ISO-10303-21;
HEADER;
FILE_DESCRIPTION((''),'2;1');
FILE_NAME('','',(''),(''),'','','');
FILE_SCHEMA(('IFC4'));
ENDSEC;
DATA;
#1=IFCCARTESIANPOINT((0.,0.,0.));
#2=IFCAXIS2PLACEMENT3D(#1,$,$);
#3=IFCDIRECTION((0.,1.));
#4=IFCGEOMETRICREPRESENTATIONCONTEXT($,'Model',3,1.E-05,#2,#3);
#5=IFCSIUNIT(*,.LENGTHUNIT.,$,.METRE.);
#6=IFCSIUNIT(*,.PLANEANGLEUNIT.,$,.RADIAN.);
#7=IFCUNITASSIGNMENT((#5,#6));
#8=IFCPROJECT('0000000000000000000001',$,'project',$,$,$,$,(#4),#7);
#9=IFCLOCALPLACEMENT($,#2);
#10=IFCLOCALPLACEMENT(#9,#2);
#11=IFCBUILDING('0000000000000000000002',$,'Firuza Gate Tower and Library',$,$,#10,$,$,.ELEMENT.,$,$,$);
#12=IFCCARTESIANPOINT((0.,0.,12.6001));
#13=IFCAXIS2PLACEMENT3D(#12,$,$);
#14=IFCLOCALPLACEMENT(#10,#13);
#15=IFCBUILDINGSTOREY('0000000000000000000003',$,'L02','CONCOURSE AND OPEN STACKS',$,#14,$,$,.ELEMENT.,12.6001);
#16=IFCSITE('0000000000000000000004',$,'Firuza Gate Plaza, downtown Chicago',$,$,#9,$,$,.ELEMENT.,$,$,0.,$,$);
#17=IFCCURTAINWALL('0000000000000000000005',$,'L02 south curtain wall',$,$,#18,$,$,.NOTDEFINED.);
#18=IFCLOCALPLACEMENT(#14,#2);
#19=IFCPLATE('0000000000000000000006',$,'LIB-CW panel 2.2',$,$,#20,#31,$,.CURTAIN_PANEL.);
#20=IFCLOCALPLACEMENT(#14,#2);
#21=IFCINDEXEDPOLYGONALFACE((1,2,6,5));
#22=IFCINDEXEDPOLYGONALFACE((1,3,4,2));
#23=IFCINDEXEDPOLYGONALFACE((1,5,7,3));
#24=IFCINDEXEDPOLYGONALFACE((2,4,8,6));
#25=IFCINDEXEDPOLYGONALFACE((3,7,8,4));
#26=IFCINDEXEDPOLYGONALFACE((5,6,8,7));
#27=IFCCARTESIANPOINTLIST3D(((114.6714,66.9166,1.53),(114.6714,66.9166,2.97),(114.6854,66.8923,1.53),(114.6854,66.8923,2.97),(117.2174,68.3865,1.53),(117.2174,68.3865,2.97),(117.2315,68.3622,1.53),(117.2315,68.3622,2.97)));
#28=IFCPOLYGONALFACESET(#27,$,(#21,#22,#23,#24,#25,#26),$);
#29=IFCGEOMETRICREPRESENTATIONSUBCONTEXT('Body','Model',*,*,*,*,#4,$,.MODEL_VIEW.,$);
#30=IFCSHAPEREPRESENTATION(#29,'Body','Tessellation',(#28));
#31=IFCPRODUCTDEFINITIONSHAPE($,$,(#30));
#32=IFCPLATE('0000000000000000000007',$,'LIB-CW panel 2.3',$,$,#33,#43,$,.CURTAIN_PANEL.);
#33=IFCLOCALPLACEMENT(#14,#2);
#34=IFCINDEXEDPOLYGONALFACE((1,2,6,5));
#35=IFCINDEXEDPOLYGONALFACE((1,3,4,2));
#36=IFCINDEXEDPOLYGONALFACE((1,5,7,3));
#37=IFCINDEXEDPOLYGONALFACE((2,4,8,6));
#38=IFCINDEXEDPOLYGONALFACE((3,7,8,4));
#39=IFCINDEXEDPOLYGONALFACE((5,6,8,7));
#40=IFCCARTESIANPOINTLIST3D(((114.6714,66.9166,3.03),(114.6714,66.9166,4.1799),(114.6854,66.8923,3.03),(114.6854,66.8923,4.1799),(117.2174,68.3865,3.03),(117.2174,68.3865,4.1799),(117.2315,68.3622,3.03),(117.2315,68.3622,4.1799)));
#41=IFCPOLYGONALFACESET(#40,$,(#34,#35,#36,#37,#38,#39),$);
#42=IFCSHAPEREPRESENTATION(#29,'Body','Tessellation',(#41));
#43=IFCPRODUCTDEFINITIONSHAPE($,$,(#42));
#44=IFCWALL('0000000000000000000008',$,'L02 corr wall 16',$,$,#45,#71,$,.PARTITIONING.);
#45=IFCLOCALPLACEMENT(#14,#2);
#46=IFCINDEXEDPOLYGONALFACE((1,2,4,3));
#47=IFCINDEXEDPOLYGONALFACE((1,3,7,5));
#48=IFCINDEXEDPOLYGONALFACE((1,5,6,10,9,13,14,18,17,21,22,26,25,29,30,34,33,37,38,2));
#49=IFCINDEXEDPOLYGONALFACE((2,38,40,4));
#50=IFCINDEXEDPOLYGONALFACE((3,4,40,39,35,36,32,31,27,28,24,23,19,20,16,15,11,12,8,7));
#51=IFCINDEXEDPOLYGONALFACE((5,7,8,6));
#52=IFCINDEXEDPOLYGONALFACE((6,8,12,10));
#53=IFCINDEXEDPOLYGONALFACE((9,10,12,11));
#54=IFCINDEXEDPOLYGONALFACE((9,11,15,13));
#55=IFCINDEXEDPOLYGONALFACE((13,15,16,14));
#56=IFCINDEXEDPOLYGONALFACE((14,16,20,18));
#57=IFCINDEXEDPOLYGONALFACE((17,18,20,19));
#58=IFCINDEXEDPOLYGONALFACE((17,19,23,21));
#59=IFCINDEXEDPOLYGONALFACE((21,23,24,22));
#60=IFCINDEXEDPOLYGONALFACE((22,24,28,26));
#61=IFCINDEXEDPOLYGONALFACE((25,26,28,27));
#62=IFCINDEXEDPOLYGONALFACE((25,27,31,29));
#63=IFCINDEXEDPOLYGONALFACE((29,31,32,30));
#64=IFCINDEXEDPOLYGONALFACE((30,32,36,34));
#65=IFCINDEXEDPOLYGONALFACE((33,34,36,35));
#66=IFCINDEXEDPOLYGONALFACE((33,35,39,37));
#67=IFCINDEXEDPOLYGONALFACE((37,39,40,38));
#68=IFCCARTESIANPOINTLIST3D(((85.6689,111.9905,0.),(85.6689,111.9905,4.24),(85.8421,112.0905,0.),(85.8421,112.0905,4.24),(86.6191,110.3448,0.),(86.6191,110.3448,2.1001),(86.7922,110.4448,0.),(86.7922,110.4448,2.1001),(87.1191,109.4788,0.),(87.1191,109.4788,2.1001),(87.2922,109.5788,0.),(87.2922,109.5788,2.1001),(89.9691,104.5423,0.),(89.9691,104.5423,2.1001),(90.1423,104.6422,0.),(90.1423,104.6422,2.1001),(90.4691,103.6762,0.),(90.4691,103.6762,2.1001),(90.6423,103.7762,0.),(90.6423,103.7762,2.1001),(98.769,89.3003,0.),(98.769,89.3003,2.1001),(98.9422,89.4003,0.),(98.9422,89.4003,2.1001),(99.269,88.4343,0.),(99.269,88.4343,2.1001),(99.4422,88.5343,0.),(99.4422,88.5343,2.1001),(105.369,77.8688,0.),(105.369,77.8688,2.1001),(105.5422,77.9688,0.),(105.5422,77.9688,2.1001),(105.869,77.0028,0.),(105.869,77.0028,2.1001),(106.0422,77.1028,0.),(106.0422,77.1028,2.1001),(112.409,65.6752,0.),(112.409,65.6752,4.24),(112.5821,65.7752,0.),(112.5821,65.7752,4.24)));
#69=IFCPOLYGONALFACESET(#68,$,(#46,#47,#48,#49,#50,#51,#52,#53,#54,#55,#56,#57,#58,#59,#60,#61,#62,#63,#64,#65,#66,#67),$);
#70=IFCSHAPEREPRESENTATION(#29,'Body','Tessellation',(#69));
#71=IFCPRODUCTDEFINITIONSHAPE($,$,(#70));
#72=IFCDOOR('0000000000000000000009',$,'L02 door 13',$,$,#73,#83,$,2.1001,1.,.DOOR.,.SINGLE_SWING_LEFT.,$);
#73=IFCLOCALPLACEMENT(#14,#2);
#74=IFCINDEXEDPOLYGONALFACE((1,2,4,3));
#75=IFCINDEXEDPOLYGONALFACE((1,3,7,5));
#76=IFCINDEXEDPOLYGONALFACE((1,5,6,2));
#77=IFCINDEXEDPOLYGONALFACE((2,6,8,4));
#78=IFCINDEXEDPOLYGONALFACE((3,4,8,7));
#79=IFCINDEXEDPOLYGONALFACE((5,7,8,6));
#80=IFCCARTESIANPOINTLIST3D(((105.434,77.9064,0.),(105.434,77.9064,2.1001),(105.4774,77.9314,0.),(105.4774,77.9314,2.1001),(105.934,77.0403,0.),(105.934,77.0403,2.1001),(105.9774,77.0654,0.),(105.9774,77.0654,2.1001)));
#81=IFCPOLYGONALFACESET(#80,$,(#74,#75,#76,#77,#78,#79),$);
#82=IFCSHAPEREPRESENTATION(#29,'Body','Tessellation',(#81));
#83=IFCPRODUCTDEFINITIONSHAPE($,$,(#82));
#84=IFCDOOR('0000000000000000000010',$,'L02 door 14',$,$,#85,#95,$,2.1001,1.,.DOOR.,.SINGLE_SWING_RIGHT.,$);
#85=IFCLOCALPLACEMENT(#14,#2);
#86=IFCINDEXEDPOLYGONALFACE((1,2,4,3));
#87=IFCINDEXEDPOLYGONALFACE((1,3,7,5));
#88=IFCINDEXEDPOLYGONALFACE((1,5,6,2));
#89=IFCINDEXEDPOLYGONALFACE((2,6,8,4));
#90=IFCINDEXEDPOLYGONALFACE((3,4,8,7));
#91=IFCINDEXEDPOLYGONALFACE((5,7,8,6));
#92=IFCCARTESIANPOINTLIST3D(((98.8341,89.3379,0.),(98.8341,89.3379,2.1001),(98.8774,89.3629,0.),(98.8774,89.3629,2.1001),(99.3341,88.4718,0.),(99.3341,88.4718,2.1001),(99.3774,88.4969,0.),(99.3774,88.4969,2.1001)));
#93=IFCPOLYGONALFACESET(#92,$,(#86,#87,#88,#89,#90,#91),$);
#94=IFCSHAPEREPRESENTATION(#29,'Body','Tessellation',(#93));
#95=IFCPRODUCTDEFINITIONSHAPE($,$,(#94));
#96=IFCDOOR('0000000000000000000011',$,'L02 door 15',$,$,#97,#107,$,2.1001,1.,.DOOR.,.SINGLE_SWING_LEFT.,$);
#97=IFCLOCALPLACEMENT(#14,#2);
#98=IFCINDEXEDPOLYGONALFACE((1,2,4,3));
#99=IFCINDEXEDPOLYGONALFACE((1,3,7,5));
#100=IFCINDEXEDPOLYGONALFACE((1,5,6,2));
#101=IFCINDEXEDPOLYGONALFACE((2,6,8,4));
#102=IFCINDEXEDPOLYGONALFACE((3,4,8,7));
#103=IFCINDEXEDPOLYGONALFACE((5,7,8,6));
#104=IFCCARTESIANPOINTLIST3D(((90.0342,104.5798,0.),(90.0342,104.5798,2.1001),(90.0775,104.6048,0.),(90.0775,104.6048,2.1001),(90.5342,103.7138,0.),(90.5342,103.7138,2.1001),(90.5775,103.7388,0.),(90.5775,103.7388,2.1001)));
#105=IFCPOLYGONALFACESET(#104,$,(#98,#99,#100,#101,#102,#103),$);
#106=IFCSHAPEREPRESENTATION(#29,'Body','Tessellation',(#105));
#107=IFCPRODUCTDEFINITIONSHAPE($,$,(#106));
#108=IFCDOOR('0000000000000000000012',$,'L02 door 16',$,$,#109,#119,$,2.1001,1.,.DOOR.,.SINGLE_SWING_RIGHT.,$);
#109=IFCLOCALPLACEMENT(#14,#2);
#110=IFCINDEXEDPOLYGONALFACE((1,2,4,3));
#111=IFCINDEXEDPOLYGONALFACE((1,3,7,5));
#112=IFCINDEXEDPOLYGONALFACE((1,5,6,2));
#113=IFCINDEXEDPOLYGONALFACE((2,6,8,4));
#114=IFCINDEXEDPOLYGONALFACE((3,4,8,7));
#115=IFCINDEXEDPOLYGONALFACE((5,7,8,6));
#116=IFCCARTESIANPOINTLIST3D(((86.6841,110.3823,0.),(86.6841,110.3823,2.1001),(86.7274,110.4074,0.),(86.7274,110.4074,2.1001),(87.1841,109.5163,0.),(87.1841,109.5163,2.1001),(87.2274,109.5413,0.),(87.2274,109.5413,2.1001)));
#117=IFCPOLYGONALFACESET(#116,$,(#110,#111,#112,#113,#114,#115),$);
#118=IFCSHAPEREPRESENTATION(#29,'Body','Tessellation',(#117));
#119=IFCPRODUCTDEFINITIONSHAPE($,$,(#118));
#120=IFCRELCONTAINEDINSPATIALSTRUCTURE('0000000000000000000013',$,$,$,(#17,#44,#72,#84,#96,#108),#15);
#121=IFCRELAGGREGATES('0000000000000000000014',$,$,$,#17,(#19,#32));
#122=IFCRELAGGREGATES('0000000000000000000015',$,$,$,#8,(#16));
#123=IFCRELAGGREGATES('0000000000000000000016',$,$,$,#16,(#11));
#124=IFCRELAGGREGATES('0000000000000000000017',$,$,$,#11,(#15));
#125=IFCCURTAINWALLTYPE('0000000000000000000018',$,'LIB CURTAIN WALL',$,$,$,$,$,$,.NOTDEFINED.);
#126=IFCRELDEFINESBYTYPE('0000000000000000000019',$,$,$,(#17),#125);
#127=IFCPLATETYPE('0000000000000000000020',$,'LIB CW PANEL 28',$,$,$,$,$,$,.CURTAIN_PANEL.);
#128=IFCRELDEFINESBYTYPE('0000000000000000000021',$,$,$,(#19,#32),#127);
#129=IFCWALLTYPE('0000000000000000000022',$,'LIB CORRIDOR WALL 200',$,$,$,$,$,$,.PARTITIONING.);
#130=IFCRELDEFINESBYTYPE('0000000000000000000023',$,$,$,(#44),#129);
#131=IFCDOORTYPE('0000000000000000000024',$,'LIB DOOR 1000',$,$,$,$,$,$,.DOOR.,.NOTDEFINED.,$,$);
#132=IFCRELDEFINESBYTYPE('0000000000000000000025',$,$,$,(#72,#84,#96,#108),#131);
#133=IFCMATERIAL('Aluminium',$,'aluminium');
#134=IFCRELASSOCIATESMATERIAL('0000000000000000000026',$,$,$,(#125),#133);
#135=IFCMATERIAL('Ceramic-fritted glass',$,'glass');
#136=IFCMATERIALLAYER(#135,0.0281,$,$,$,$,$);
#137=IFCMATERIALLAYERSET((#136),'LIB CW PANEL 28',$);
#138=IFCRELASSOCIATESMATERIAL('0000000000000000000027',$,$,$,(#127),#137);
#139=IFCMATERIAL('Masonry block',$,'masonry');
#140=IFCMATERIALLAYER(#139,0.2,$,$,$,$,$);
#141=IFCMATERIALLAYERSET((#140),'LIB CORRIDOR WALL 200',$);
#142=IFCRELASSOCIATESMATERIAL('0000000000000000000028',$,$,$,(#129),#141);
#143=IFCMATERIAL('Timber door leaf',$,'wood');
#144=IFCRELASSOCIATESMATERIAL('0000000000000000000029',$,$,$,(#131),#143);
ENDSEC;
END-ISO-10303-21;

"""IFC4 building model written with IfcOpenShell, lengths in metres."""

from ifc_helpers import new_model, si_unit, direction, frame, frame_2d, origin, origin_2d, place, context, subcontext, project, spatial, rectangle, extrude, material, layer, layer_set, type_object, element, fill, aggregate, save


model = new_model("IFC4")

# Units and contexts
model_context = context("Model", 3, precision=1e-05, world=origin(), true_north=direction((0.0, 1.0)))
body_context = subcontext(model_context, "Body", "Model", "MODEL_VIEW")
ifc_project = project(units=[si_unit("LENGTHUNIT", "METRE"), si_unit("PLANEANGLEUNIT", "RADIAN")], contexts=[model_context])

# Site, building, storey
site_placement = place(None, origin())
site = spatial("IfcSite", under=ifc_project, at=site_placement, Name="Firuza Gate Plaza, downtown Chicago", CompositionType="ELEMENT", RefElevation=0.0)
building_placement = place(site_placement, origin())
building = spatial("IfcBuilding", under=site, at=building_placement, Name="Firuza Gate Tower and Library", CompositionType="ELEMENT")
storey_placement = place(building_placement, frame((0.0, 0.0, 12.6001)))
storey = spatial("IfcBuildingStorey", under=building, at=storey_placement, Name="L02", Description="CONCOURSE AND OPEN STACKS", CompositionType="ELEMENT", Elevation=12.6001)

# Curtain wall, plates
ifc_material_1 = material(Name="Aluminium", Category="aluminium")
curtain_wall_type = type_object("IfcCurtainWallType", Name="LIB CURTAIN WALL", PredefinedType="NOTDEFINED", material=ifc_material_1)
curtain_wall_placement = place(storey_placement, origin())
curtain_wall = element("IfcCurtainWall", 1, at=curtain_wall_placement, inside=storey, type_object=curtain_wall_type, Name="L02 south curtain wall", PredefinedType="NOTDEFINED")
ifc_material_2 = material(Name="Ceramic-fritted glass", Category="glass")
ifc_layer_1 = layer(ifc_material_2, 0.0281)
ifc_layer_set_1 = layer_set([ifc_layer_1], Name="LIB CW PANEL 28")
plate_type = type_object("IfcPlateType", Name="LIB CW PANEL 28", PredefinedType="CURTAIN_PANEL", material=ifc_layer_set_1)
plate_1_placement = place(storey_placement, frame((115.9514, 67.6394, 1.53), z_axis=(0.0, 0.0, 1.0), x_axis=(0.866025, 0.500001, 0.0)))
plate_1 = element("IfcPlate", 2, at=plate_1_placement, type_object=plate_type, Name="LIB-CW panel 2.2", PredefinedType="CURTAIN_PANEL", context=body_context, shape_type="SweptSolid", body=[
    extrude(rectangle(XDim=2.9399, YDim=0.0281, at=origin_2d()), origin(), (0.0, 0.0, 1.0), 1.4399),
])
plate_2_placement = place(storey_placement, frame((115.9514, 67.6394, 3.03), z_axis=(0.0, 0.0, 1.0), x_axis=(0.866025, 0.500001, 0.0)))
plate_2 = element("IfcPlate", 3, at=plate_2_placement, type_object=plate_type, Name="LIB-CW panel 2.3", PredefinedType="CURTAIN_PANEL", context=body_context, shape_type="SweptSolid", body=[
    extrude(rectangle(XDim=2.9399, YDim=0.0281, at=origin_2d()), origin(), (0.0, 0.0, 1.0), 1.1499),
])
aggregate(curtain_wall, [plate_1, plate_2])

# Wall, openings, doors
ifc_material_3 = material(Name="Masonry block", Category="masonry")
ifc_layer_2 = layer(ifc_material_3, 0.2)
ifc_layer_set_2 = layer_set([ifc_layer_2], Name="LIB CORRIDOR WALL 200")
wall_type = type_object("IfcWallType", Name="LIB CORRIDOR WALL 200", PredefinedType="PARTITIONING", material=ifc_layer_set_2)
wall_placement = place(storey_placement, frame((112.4956, 65.7251, 0.0), z_axis=(0.0, 0.0, 1.0), x_axis=(-0.499999, 0.866026, 0.0)))
wall = element("IfcWall", 4, at=wall_placement, inside=storey, type_object=wall_type, Name="L02 corr wall 16", PredefinedType="PARTITIONING", context=body_context, shape_type="SweptSolid", body=[
    extrude(rectangle(XDim=53.4802, YDim=0.2, at=frame_2d((26.7402, 0.0))), origin(), (0.0, 0.0, 1.0), 4.24),
])
opening_1_placement = place(wall_placement, frame((13.0801, 0.0, 0.0)))
opening_1 = element("IfcOpeningElement", 5, at=opening_1_placement, cuts=wall, PredefinedType="OPENING", context=body_context, shape_type="SweptSolid", body=[
    extrude(rectangle(XDim=1.0, YDim=2.1001, at=frame_2d((0.5, 1.05))), frame((0.0, 0.1099, 0.0), z_axis=(0.0, -1.0, 0.0), x_axis=(1.0, 0.0, 0.0)), (0.0, 0.0, 1.0), 0.22),
])
opening_2_placement = place(wall_placement, frame((26.28, 0.0, 0.0)))
opening_2 = element("IfcOpeningElement", 6, at=opening_2_placement, cuts=wall, PredefinedType="OPENING", context=body_context, shape_type="SweptSolid", body=[
    extrude(rectangle(XDim=1.0, YDim=2.1001, at=frame_2d((0.5, 1.05))), frame((0.0, 0.1099, 0.0), z_axis=(0.0, -1.0, 0.0), x_axis=(1.0, 0.0, 0.0)), (0.0, 0.0, 1.0), 0.22),
])
opening_3_placement = place(wall_placement, frame((43.8799, 0.0, 0.0)))
opening_3 = element("IfcOpeningElement", 7, at=opening_3_placement, cuts=wall, PredefinedType="OPENING", context=body_context, shape_type="SweptSolid", body=[
    extrude(rectangle(XDim=1.0, YDim=2.1001, at=frame_2d((0.5, 1.05))), frame((0.0, 0.1099, 0.0), z_axis=(0.0, -1.0, 0.0), x_axis=(1.0, 0.0, 0.0)), (0.0, 0.0, 1.0), 0.22),
])
opening_4_placement = place(wall_placement, frame((50.5801, 0.0, 0.0)))
opening_4 = element("IfcOpeningElement", 8, at=opening_4_placement, cuts=wall, PredefinedType="OPENING", context=body_context, shape_type="SweptSolid", body=[
    extrude(rectangle(XDim=1.0, YDim=2.1001, at=frame_2d((0.5, 1.05))), frame((0.0, 0.1099, 0.0), z_axis=(0.0, -1.0, 0.0), x_axis=(1.0, 0.0, 0.0)), (0.0, 0.0, 1.0), 0.22),
])
ifc_material_4 = material(Name="Timber door leaf", Category="wood")
door_type = type_object("IfcDoorType", Name="LIB DOOR 1000", OperationType="NOTDEFINED", PredefinedType="DOOR", material=ifc_material_4)
door_1_placement = place(opening_1_placement, origin())
door_1 = element("IfcDoor", 9, at=door_1_placement, inside=storey, type_object=door_type, Name="L02 door 13", OperationType="SINGLE_SWING_LEFT", OverallHeight=2.1001, OverallWidth=1.0, PredefinedType="DOOR", context=body_context, shape_type="SweptSolid", body=[
    extrude(rectangle(XDim=1.0, YDim=2.1001, at=frame_2d((0.5, 1.05))), frame((0.0, 0.0249, 0.0), z_axis=(0.0, -1.0, 0.0), x_axis=(1.0, 0.0, 0.0)), (0.0, 0.0, 1.0), 0.05),
])
fill(opening_1, door_1)
door_2_placement = place(opening_2_placement, origin())
door_2 = element("IfcDoor", 10, at=door_2_placement, inside=storey, type_object=door_type, Name="L02 door 14", OperationType="SINGLE_SWING_RIGHT", OverallHeight=2.1001, OverallWidth=1.0, PredefinedType="DOOR", context=body_context, shape_type="SweptSolid", body=[
    extrude(rectangle(XDim=1.0, YDim=2.1001, at=frame_2d((0.5, 1.05))), frame((0.0, 0.0249, 0.0), z_axis=(0.0, -1.0, 0.0), x_axis=(1.0, 0.0, 0.0)), (0.0, 0.0, 1.0), 0.05),
])
fill(opening_2, door_2)
door_3_placement = place(opening_3_placement, origin())
door_3 = element("IfcDoor", 11, at=door_3_placement, inside=storey, type_object=door_type, Name="L02 door 15", OperationType="SINGLE_SWING_LEFT", OverallHeight=2.1001, OverallWidth=1.0, PredefinedType="DOOR", context=body_context, shape_type="SweptSolid", body=[
    extrude(rectangle(XDim=1.0, YDim=2.1001, at=frame_2d((0.5, 1.05))), frame((0.0, 0.0249, 0.0), z_axis=(0.0, -1.0, 0.0), x_axis=(1.0, 0.0, 0.0)), (0.0, 0.0, 1.0), 0.05),
])
fill(opening_3, door_3)
door_4_placement = place(opening_4_placement, origin())
door_4 = element("IfcDoor", 12, at=door_4_placement, inside=storey, type_object=door_type, Name="L02 door 16", OperationType="SINGLE_SWING_RIGHT", OverallHeight=2.1001, OverallWidth=1.0, PredefinedType="DOOR", context=body_context, shape_type="SweptSolid", body=[
    extrude(rectangle(XDim=1.0, YDim=2.1001, at=frame_2d((0.5, 1.05))), frame((0.0, 0.0249, 0.0), z_axis=(0.0, -1.0, 0.0), x_axis=(1.0, 0.0, 0.0)), (0.0, 0.0, 1.0), 0.05),
])
fill(opening_4, door_4)

save(model, "model.ifc")
